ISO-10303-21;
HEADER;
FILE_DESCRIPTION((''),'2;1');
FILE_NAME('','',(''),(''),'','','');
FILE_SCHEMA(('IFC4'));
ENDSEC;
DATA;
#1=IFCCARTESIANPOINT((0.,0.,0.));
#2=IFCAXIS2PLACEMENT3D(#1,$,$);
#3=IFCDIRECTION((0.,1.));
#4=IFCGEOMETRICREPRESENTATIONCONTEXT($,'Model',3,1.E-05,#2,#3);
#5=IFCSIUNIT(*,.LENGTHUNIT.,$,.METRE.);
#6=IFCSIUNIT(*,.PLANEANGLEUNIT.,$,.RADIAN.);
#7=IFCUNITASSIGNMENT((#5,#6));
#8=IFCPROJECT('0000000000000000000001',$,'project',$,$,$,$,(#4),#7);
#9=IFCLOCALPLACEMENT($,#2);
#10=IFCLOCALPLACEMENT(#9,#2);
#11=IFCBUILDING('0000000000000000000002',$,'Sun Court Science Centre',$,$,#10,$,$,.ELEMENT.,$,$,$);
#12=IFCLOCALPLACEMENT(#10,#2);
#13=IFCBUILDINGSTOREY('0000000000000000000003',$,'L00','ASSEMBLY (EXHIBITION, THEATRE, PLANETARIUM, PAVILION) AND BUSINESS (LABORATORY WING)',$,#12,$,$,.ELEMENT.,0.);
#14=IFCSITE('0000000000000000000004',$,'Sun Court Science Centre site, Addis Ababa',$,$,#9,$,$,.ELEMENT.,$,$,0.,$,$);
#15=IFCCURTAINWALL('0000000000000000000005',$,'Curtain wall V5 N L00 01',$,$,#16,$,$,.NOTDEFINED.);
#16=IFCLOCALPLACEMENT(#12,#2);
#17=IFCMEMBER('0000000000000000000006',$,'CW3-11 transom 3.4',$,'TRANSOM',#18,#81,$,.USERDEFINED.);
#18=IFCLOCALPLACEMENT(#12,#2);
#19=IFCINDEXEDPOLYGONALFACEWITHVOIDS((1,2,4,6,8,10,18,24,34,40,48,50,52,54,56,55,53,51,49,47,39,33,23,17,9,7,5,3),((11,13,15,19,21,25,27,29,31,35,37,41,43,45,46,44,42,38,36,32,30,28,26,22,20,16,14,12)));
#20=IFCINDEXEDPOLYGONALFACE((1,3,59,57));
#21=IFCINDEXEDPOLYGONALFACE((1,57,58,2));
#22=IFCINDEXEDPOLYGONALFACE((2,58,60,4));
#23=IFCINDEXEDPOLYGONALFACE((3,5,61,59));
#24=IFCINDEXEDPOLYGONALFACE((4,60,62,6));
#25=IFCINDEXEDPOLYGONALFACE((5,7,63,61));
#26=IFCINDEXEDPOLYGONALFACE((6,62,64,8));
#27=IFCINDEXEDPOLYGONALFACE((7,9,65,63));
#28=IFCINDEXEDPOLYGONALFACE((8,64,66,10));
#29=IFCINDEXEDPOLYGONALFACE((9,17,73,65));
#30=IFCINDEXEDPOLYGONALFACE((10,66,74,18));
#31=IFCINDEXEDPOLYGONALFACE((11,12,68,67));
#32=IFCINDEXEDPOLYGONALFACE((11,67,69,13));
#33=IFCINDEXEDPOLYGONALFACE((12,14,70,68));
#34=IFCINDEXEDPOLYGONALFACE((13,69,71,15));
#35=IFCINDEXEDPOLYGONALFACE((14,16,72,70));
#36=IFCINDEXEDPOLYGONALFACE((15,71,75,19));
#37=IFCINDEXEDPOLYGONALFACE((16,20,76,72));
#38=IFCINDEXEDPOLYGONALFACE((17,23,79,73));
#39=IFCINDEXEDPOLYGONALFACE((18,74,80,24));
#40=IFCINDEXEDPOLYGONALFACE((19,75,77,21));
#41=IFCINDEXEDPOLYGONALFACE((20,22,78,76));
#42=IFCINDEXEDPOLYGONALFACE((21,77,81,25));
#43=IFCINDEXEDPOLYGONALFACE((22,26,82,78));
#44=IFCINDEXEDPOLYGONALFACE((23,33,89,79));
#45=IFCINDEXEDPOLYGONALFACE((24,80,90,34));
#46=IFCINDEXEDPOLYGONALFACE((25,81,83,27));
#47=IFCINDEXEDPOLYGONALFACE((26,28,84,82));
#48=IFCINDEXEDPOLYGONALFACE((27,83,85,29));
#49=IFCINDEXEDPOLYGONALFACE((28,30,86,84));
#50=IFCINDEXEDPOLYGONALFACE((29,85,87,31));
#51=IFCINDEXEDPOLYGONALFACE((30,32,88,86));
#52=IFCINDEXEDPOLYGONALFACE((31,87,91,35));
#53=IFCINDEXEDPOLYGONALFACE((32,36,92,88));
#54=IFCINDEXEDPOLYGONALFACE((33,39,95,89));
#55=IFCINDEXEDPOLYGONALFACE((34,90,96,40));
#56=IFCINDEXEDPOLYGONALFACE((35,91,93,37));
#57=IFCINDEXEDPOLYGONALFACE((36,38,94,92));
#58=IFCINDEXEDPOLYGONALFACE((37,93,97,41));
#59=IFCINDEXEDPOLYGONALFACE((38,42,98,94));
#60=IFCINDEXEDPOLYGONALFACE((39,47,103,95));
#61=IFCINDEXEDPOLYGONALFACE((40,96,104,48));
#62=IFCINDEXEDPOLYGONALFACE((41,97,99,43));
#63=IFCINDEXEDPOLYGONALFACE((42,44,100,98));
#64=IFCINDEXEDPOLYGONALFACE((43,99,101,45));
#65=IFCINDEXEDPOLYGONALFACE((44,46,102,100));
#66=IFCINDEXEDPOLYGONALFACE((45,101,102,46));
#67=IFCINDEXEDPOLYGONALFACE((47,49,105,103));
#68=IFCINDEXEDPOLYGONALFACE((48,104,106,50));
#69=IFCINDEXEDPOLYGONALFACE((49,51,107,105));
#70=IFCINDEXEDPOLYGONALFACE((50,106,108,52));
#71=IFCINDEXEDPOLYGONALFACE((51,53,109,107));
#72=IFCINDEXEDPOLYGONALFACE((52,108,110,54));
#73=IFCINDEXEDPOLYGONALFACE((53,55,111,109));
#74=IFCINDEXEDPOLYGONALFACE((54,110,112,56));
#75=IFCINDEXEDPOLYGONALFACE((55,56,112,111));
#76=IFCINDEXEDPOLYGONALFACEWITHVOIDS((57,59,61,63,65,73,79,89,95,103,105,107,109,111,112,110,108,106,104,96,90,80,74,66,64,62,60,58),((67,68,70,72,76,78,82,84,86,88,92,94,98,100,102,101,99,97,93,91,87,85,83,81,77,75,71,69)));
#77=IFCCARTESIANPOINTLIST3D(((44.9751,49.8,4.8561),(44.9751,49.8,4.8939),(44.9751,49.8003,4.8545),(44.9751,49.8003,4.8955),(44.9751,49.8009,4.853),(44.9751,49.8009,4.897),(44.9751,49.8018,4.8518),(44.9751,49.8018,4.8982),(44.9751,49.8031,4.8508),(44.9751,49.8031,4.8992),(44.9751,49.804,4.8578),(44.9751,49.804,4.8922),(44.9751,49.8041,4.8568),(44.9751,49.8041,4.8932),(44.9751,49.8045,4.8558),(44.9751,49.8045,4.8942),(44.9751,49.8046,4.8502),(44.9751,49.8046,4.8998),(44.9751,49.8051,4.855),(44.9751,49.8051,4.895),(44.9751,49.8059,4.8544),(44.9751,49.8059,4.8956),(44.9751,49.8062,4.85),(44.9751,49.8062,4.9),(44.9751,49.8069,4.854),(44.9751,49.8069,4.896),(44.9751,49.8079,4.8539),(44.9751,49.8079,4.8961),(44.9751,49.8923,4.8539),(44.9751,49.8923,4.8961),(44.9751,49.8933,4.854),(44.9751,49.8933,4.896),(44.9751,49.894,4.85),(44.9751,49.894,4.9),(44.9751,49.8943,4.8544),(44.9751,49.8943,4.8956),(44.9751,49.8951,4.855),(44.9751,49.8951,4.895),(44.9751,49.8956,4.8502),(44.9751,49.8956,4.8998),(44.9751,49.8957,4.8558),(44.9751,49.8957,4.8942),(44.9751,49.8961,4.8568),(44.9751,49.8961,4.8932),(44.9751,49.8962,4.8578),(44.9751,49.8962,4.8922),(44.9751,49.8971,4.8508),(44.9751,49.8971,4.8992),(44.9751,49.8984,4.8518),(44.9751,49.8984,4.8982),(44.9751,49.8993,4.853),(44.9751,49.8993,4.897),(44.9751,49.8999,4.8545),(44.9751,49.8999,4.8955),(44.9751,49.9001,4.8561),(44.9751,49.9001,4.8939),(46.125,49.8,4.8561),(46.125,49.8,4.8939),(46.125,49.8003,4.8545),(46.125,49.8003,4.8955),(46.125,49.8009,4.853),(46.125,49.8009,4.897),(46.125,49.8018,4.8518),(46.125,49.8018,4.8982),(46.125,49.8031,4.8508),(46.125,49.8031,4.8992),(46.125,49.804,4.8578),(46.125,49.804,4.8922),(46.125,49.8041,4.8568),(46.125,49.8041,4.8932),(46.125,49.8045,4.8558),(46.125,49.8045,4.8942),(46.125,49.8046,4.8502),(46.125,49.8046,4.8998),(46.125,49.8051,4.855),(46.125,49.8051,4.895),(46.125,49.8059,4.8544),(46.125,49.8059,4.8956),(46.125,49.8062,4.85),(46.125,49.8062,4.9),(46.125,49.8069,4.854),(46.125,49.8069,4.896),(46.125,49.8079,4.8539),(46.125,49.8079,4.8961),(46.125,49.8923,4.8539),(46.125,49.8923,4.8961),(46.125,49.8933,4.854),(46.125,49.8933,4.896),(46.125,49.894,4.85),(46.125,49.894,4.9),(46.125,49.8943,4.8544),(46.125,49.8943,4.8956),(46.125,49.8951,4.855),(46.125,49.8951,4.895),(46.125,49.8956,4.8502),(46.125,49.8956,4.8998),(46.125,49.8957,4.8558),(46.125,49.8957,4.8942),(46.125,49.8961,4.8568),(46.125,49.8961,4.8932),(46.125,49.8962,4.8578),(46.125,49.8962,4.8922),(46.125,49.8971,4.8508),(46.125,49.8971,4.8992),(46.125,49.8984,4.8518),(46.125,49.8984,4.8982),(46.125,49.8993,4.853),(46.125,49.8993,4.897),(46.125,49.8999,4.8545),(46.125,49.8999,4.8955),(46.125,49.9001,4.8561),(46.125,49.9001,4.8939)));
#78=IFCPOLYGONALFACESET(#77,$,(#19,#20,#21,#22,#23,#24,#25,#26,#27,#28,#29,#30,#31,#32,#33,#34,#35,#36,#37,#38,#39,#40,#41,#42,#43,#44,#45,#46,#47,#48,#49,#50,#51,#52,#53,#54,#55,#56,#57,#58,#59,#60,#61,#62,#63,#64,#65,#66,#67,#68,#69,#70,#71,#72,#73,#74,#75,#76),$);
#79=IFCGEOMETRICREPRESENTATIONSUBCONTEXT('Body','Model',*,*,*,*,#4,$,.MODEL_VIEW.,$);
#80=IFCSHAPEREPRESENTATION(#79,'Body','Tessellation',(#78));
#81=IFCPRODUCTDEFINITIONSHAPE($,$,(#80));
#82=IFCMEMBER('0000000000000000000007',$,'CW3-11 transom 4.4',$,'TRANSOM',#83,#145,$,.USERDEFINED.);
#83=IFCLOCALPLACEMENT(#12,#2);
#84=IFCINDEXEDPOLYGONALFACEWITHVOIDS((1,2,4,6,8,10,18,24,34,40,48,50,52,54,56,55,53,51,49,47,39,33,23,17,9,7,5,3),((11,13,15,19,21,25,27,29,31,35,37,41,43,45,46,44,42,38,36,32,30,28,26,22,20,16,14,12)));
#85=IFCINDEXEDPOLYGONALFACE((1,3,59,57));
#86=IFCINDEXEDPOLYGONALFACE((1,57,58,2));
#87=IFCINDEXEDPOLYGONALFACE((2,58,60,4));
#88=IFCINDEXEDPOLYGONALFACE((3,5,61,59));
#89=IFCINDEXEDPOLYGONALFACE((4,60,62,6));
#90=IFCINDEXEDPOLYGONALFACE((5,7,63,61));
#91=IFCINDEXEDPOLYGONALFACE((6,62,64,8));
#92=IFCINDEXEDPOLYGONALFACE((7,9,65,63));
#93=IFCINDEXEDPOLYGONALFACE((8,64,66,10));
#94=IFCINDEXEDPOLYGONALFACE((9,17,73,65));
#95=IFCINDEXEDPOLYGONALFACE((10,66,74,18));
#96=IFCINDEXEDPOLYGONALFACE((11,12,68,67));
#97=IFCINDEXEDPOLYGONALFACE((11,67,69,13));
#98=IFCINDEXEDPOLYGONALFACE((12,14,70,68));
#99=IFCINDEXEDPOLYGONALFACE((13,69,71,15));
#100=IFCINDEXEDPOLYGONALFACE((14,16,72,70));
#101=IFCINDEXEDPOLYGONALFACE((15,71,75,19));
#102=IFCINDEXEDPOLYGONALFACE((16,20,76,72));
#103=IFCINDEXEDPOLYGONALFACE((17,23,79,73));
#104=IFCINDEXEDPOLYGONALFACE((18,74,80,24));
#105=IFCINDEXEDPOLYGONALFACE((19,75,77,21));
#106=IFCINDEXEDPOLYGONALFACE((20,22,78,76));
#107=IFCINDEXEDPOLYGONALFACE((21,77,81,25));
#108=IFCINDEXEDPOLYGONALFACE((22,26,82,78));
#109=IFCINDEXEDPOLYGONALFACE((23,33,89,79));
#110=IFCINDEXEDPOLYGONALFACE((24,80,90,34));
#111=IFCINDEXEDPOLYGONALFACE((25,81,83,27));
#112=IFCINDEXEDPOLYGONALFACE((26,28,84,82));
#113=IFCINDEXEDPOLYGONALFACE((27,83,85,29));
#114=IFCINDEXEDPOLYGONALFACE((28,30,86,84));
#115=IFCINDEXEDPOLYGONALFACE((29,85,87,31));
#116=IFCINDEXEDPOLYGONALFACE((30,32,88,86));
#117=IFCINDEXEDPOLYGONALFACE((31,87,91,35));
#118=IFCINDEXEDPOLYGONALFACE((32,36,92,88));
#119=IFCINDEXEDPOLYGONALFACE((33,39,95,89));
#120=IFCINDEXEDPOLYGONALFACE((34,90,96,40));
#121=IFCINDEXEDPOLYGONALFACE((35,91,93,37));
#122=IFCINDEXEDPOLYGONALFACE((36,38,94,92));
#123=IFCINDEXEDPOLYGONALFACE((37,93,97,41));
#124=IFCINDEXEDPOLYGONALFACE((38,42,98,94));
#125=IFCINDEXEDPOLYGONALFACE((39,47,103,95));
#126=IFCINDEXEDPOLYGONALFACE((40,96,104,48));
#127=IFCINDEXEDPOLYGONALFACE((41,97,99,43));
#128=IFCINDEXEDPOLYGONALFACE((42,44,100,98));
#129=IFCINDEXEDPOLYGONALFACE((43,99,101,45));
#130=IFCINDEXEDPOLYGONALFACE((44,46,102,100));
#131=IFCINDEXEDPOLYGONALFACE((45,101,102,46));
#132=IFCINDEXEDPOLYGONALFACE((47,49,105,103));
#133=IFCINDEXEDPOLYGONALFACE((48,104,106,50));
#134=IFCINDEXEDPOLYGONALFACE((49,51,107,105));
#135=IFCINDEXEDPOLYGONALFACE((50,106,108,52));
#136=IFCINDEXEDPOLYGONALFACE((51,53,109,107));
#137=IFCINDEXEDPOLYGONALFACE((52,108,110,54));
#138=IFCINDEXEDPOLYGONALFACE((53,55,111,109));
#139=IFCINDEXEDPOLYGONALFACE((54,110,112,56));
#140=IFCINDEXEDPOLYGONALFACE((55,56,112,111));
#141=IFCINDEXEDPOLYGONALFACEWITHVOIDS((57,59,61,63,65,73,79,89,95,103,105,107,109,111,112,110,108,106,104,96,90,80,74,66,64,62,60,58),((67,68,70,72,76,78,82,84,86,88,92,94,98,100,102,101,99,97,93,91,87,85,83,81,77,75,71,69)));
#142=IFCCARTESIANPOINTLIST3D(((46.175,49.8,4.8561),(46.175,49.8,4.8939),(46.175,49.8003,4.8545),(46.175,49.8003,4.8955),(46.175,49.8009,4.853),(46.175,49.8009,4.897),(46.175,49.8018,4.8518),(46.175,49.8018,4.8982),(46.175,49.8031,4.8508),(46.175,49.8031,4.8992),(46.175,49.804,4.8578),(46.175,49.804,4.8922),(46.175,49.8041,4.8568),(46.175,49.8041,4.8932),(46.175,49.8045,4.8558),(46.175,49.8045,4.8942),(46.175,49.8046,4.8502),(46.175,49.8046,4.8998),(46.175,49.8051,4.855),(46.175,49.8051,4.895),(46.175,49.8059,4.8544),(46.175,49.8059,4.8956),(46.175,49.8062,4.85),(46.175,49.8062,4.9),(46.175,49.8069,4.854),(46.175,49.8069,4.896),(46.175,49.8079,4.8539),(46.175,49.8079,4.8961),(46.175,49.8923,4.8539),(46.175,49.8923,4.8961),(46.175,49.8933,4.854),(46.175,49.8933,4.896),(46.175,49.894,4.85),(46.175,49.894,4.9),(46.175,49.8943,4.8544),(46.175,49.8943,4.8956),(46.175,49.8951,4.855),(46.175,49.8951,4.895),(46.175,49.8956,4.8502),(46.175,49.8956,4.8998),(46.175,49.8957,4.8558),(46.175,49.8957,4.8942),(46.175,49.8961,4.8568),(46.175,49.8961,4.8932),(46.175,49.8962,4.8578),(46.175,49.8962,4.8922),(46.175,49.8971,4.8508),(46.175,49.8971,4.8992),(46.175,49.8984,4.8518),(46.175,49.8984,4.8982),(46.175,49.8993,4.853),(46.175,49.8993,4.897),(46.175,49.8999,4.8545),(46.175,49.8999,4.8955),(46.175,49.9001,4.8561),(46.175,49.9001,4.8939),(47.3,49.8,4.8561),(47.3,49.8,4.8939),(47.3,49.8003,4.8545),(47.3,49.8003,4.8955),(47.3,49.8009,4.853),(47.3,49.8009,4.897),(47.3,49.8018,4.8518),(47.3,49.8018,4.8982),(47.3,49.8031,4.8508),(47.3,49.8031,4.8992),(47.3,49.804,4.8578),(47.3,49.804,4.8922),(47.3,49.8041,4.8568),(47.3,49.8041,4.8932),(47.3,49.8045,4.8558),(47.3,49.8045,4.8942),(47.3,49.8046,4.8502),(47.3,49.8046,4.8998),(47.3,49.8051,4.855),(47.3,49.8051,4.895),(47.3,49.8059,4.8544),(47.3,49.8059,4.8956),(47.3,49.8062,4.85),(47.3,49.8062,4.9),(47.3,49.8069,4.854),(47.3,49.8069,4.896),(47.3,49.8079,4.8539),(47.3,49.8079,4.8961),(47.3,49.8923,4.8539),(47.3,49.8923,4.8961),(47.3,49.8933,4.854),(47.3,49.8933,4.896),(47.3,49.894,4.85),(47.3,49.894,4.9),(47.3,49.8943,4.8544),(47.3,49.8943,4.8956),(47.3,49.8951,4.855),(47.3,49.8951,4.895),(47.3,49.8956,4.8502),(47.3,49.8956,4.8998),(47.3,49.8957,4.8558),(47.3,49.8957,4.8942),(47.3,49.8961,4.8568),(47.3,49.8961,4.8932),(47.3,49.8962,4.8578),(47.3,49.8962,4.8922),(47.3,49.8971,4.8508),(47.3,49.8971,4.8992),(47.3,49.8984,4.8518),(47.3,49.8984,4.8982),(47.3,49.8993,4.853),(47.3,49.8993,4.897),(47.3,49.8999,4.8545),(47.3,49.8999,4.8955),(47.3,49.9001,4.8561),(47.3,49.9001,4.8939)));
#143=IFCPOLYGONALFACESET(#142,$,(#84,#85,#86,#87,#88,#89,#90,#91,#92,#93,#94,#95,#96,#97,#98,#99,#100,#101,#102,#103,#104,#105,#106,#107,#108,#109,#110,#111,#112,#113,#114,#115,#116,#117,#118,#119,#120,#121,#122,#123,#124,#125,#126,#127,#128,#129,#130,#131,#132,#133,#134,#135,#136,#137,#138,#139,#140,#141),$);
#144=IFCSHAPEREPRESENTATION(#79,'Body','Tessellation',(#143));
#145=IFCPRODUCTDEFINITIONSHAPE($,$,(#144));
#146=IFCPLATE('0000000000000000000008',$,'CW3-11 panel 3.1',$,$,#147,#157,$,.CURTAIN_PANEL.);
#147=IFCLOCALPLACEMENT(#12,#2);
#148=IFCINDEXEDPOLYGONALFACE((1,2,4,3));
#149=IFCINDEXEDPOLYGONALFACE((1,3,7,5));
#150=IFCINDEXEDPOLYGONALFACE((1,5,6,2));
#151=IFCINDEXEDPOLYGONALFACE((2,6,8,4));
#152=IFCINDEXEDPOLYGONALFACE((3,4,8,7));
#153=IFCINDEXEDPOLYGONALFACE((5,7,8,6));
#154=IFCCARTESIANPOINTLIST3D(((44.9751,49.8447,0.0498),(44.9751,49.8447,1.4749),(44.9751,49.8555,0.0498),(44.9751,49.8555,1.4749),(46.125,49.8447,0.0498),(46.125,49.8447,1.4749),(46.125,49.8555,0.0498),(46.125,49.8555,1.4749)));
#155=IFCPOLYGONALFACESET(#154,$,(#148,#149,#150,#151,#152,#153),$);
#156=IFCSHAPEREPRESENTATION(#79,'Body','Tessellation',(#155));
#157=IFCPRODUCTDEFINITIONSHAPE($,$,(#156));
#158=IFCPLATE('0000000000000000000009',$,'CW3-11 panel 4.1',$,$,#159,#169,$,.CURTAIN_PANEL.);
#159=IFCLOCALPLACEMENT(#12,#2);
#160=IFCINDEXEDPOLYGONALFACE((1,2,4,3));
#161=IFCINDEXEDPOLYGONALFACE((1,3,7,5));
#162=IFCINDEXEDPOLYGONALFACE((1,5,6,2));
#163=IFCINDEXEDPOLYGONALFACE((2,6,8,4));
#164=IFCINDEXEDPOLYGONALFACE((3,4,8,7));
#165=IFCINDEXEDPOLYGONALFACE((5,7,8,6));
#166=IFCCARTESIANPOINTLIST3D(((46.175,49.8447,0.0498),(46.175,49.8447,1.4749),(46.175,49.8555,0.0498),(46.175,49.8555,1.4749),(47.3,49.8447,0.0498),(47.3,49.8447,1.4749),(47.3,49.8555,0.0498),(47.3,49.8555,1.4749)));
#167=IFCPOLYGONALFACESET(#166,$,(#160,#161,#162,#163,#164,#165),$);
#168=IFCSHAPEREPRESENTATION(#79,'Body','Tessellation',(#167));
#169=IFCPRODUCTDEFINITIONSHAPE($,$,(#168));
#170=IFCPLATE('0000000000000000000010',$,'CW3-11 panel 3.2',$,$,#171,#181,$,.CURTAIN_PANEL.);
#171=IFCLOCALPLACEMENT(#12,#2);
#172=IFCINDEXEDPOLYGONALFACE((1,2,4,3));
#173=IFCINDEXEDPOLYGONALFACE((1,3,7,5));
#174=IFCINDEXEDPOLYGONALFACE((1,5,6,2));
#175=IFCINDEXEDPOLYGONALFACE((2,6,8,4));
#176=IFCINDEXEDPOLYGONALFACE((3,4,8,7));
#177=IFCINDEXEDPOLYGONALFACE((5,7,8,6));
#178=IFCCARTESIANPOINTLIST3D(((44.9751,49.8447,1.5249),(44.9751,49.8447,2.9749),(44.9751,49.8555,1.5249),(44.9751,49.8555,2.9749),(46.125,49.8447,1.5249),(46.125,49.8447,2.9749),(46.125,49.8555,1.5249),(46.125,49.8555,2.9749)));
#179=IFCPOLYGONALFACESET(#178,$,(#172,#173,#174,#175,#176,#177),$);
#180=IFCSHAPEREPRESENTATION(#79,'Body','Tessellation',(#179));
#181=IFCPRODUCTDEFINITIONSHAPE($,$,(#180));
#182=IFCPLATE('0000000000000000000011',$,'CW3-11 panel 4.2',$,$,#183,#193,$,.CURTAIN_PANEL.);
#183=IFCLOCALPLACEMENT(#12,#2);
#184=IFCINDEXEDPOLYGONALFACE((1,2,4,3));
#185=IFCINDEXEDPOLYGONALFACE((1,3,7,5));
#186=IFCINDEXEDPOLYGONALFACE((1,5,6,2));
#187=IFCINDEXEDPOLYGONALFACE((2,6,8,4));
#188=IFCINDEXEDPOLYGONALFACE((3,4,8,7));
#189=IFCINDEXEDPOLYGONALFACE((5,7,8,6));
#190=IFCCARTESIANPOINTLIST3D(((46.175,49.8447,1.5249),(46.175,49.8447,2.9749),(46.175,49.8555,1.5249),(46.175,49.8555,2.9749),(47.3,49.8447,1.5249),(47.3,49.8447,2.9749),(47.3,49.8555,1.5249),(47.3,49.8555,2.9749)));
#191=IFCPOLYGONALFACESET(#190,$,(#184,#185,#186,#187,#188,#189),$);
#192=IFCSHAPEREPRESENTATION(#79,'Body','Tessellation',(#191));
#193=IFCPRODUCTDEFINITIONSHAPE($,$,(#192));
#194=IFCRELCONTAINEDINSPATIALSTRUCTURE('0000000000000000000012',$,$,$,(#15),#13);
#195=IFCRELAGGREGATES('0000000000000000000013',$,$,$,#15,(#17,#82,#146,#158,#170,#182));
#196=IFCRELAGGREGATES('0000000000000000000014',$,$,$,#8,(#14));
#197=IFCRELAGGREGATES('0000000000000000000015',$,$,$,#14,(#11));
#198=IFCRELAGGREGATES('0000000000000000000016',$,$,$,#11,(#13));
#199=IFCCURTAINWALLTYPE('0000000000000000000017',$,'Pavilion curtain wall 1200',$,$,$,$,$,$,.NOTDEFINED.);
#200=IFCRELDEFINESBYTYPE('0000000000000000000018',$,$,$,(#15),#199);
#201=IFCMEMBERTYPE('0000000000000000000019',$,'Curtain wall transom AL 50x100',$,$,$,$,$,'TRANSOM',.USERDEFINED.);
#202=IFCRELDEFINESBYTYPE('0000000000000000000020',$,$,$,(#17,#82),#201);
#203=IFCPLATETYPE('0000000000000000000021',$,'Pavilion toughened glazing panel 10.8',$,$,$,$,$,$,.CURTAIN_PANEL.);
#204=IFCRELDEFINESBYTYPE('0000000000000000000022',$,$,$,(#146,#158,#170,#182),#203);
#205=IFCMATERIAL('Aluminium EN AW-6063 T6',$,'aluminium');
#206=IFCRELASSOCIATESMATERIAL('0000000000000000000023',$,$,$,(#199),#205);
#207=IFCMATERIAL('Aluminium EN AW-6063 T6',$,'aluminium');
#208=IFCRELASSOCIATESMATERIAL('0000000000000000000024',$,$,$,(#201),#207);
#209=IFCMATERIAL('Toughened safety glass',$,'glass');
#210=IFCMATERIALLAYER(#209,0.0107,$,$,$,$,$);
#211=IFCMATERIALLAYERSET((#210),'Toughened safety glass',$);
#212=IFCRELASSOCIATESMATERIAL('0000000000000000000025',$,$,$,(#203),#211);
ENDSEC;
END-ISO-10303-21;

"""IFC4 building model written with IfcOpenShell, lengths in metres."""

from ifc_helpers import new_model, si_unit, direction, frame, origin, origin_2d, place, context, subcontext, project, spatial, rectangle, hollow_rectangle, extrude, material, layer, layer_set, material_profile, profile_set, type_object, element, aggregate, save


model = new_model("IFC4")

# Units and contexts
model_context = context("Model", 3, precision=1e-05, world=origin(), true_north=direction((0.0, 1.0)))
body_context = subcontext(model_context, "Body", "Model", "MODEL_VIEW")
ifc_project = project(units=[si_unit("LENGTHUNIT", "METRE"), si_unit("PLANEANGLEUNIT", "RADIAN")], contexts=[model_context])

# Site, building, storey
site_placement = place(None, origin())
site = spatial("IfcSite", under=ifc_project, at=site_placement, Name="Sun Court Science Centre site, Addis Ababa", CompositionType="ELEMENT", RefElevation=0.0)
building_placement = place(site_placement, origin())
building = spatial("IfcBuilding", under=site, at=building_placement, Name="Sun Court Science Centre", CompositionType="ELEMENT")
storey_placement = place(building_placement, origin())
storey = spatial("IfcBuildingStorey", under=building, at=storey_placement, Name="L00", Description="ASSEMBLY (EXHIBITION, THEATRE, PLANETARIUM, PAVILION) AND BUSINESS (LABORATORY WING)", CompositionType="ELEMENT", Elevation=0.0)

# Curtain wall
ifc_material_1 = material(Name="Aluminium EN AW-6063 T6", Category="aluminium")
curtain_wall_type = type_object("IfcCurtainWallType", Name="Pavilion curtain wall 1200", PredefinedType="NOTDEFINED", material=ifc_material_1)
curtain_wall_1_placement = place(storey_placement, origin())
curtain_wall_1 = element("IfcCurtainWall", 1, at=curtain_wall_1_placement, inside=storey, type_object=curtain_wall_type, Name="Curtain wall V5 N L00 01", PredefinedType="NOTDEFINED")

# Members
ifc_material_2 = material(Name="Aluminium EN AW-6063 T6", Category="aluminium")
ifc_material_profile_1 = material_profile(ifc_material_2, hollow_rectangle(XDim=0.05, YDim=0.1001, WallThickness=0.0039, InnerFilletRadius=0.0039, OuterFilletRadius=0.0061, at=origin_2d()), Name="AL 50x100x4")
ifc_profile_set_1 = profile_set([ifc_material_profile_1], Name="Aluminium EN AW-6063 T6")
member_type_1 = type_object("IfcMemberType", Name="Curtain wall transom AL 50x100", ElementType="TRANSOM", PredefinedType="USERDEFINED", material=ifc_profile_set_1)
member_1_placement = place(storey_placement, frame((44.9751, 49.8501, 4.875), z_axis=(1.0, 0.0, 0.0), x_axis=(0.0, 0.0, 1.0)))
member_1 = element("IfcMember", 2, at=member_1_placement, type_object=member_type_1, Name="CW3-11 transom 3.4", ObjectType="TRANSOM", PredefinedType="USERDEFINED", context=body_context, shape_type="SweptSolid", body=[
    extrude(hollow_rectangle(XDim=0.05, YDim=0.1001, WallThickness=0.0039, InnerFilletRadius=0.0039, OuterFilletRadius=0.0061, at=origin_2d()), origin(), (0.0, 0.0, 1.0), 1.1499),
])
member_2_placement = place(storey_placement, frame((46.175, 49.8501, 4.875), z_axis=(1.0, 0.0, 0.0), x_axis=(0.0, 0.0, 1.0)))
member_2 = element("IfcMember", 3, at=member_2_placement, type_object=member_type_1, Name="CW3-11 transom 4.4", ObjectType="TRANSOM", PredefinedType="USERDEFINED", context=body_context, shape_type="SweptSolid", body=[
    extrude(hollow_rectangle(XDim=0.05, YDim=0.1001, WallThickness=0.0039, InnerFilletRadius=0.0039, OuterFilletRadius=0.0061, at=origin_2d()), origin(), (0.0, 0.0, 1.0), 1.125),
])

# Plates
ifc_material_3 = material(Name="Toughened safety glass", Category="glass")
ifc_layer_1 = layer(ifc_material_3, 0.0107)
ifc_layer_set_1 = layer_set([ifc_layer_1], Name="Toughened safety glass")
plate_type = type_object("IfcPlateType", Name="Pavilion toughened glazing panel 10.8", PredefinedType="CURTAIN_PANEL", material=ifc_layer_set_1)
plate_1_placement = place(storey_placement, frame((45.55, 49.8501, 0.0498), z_axis=(0.0, 0.0, 1.0), x_axis=(1.0, 0.0, 0.0)))
plate_1 = element("IfcPlate", 4, at=plate_1_placement, type_object=plate_type, Name="CW3-11 panel 3.1", PredefinedType="CURTAIN_PANEL", context=body_context, shape_type="SweptSolid", body=[
    extrude(rectangle(XDim=1.1499, YDim=0.0107, at=origin_2d()), origin(), (0.0, 0.0, 1.0), 1.425),
])
plate_2_placement = place(storey_placement, frame((46.7375, 49.8501, 0.0498), z_axis=(0.0, 0.0, 1.0), x_axis=(1.0, 0.0, 0.0)))
plate_2 = element("IfcPlate", 5, at=plate_2_placement, type_object=plate_type, Name="CW3-11 panel 4.1", PredefinedType="CURTAIN_PANEL", context=body_context, shape_type="SweptSolid", body=[
    extrude(rectangle(XDim=1.125, YDim=0.0107, at=origin_2d()), origin(), (0.0, 0.0, 1.0), 1.425),
])
plate_3_placement = place(storey_placement, frame((45.55, 49.8501, 1.5249), z_axis=(0.0, 0.0, 1.0), x_axis=(1.0, 0.0, 0.0)))
plate_3 = element("IfcPlate", 6, at=plate_3_placement, type_object=plate_type, Name="CW3-11 panel 3.2", PredefinedType="CURTAIN_PANEL", context=body_context, shape_type="SweptSolid", body=[
    extrude(rectangle(XDim=1.1499, YDim=0.0107, at=origin_2d()), origin(), (0.0, 0.0, 1.0), 1.45),
])
plate_4_placement = place(storey_placement, frame((46.7375, 49.8501, 1.5249), z_axis=(0.0, 0.0, 1.0), x_axis=(1.0, 0.0, 0.0)))
plate_4 = element("IfcPlate", 7, at=plate_4_placement, type_object=plate_type, Name="CW3-11 panel 4.2", PredefinedType="CURTAIN_PANEL", context=body_context, shape_type="SweptSolid", body=[
    extrude(rectangle(XDim=1.125, YDim=0.0107, at=origin_2d()), origin(), (0.0, 0.0, 1.0), 1.45),
])
aggregate(curtain_wall_1, [member_1, member_2, plate_1, plate_2, plate_3, plate_4])

save(model, "model.ifc")
